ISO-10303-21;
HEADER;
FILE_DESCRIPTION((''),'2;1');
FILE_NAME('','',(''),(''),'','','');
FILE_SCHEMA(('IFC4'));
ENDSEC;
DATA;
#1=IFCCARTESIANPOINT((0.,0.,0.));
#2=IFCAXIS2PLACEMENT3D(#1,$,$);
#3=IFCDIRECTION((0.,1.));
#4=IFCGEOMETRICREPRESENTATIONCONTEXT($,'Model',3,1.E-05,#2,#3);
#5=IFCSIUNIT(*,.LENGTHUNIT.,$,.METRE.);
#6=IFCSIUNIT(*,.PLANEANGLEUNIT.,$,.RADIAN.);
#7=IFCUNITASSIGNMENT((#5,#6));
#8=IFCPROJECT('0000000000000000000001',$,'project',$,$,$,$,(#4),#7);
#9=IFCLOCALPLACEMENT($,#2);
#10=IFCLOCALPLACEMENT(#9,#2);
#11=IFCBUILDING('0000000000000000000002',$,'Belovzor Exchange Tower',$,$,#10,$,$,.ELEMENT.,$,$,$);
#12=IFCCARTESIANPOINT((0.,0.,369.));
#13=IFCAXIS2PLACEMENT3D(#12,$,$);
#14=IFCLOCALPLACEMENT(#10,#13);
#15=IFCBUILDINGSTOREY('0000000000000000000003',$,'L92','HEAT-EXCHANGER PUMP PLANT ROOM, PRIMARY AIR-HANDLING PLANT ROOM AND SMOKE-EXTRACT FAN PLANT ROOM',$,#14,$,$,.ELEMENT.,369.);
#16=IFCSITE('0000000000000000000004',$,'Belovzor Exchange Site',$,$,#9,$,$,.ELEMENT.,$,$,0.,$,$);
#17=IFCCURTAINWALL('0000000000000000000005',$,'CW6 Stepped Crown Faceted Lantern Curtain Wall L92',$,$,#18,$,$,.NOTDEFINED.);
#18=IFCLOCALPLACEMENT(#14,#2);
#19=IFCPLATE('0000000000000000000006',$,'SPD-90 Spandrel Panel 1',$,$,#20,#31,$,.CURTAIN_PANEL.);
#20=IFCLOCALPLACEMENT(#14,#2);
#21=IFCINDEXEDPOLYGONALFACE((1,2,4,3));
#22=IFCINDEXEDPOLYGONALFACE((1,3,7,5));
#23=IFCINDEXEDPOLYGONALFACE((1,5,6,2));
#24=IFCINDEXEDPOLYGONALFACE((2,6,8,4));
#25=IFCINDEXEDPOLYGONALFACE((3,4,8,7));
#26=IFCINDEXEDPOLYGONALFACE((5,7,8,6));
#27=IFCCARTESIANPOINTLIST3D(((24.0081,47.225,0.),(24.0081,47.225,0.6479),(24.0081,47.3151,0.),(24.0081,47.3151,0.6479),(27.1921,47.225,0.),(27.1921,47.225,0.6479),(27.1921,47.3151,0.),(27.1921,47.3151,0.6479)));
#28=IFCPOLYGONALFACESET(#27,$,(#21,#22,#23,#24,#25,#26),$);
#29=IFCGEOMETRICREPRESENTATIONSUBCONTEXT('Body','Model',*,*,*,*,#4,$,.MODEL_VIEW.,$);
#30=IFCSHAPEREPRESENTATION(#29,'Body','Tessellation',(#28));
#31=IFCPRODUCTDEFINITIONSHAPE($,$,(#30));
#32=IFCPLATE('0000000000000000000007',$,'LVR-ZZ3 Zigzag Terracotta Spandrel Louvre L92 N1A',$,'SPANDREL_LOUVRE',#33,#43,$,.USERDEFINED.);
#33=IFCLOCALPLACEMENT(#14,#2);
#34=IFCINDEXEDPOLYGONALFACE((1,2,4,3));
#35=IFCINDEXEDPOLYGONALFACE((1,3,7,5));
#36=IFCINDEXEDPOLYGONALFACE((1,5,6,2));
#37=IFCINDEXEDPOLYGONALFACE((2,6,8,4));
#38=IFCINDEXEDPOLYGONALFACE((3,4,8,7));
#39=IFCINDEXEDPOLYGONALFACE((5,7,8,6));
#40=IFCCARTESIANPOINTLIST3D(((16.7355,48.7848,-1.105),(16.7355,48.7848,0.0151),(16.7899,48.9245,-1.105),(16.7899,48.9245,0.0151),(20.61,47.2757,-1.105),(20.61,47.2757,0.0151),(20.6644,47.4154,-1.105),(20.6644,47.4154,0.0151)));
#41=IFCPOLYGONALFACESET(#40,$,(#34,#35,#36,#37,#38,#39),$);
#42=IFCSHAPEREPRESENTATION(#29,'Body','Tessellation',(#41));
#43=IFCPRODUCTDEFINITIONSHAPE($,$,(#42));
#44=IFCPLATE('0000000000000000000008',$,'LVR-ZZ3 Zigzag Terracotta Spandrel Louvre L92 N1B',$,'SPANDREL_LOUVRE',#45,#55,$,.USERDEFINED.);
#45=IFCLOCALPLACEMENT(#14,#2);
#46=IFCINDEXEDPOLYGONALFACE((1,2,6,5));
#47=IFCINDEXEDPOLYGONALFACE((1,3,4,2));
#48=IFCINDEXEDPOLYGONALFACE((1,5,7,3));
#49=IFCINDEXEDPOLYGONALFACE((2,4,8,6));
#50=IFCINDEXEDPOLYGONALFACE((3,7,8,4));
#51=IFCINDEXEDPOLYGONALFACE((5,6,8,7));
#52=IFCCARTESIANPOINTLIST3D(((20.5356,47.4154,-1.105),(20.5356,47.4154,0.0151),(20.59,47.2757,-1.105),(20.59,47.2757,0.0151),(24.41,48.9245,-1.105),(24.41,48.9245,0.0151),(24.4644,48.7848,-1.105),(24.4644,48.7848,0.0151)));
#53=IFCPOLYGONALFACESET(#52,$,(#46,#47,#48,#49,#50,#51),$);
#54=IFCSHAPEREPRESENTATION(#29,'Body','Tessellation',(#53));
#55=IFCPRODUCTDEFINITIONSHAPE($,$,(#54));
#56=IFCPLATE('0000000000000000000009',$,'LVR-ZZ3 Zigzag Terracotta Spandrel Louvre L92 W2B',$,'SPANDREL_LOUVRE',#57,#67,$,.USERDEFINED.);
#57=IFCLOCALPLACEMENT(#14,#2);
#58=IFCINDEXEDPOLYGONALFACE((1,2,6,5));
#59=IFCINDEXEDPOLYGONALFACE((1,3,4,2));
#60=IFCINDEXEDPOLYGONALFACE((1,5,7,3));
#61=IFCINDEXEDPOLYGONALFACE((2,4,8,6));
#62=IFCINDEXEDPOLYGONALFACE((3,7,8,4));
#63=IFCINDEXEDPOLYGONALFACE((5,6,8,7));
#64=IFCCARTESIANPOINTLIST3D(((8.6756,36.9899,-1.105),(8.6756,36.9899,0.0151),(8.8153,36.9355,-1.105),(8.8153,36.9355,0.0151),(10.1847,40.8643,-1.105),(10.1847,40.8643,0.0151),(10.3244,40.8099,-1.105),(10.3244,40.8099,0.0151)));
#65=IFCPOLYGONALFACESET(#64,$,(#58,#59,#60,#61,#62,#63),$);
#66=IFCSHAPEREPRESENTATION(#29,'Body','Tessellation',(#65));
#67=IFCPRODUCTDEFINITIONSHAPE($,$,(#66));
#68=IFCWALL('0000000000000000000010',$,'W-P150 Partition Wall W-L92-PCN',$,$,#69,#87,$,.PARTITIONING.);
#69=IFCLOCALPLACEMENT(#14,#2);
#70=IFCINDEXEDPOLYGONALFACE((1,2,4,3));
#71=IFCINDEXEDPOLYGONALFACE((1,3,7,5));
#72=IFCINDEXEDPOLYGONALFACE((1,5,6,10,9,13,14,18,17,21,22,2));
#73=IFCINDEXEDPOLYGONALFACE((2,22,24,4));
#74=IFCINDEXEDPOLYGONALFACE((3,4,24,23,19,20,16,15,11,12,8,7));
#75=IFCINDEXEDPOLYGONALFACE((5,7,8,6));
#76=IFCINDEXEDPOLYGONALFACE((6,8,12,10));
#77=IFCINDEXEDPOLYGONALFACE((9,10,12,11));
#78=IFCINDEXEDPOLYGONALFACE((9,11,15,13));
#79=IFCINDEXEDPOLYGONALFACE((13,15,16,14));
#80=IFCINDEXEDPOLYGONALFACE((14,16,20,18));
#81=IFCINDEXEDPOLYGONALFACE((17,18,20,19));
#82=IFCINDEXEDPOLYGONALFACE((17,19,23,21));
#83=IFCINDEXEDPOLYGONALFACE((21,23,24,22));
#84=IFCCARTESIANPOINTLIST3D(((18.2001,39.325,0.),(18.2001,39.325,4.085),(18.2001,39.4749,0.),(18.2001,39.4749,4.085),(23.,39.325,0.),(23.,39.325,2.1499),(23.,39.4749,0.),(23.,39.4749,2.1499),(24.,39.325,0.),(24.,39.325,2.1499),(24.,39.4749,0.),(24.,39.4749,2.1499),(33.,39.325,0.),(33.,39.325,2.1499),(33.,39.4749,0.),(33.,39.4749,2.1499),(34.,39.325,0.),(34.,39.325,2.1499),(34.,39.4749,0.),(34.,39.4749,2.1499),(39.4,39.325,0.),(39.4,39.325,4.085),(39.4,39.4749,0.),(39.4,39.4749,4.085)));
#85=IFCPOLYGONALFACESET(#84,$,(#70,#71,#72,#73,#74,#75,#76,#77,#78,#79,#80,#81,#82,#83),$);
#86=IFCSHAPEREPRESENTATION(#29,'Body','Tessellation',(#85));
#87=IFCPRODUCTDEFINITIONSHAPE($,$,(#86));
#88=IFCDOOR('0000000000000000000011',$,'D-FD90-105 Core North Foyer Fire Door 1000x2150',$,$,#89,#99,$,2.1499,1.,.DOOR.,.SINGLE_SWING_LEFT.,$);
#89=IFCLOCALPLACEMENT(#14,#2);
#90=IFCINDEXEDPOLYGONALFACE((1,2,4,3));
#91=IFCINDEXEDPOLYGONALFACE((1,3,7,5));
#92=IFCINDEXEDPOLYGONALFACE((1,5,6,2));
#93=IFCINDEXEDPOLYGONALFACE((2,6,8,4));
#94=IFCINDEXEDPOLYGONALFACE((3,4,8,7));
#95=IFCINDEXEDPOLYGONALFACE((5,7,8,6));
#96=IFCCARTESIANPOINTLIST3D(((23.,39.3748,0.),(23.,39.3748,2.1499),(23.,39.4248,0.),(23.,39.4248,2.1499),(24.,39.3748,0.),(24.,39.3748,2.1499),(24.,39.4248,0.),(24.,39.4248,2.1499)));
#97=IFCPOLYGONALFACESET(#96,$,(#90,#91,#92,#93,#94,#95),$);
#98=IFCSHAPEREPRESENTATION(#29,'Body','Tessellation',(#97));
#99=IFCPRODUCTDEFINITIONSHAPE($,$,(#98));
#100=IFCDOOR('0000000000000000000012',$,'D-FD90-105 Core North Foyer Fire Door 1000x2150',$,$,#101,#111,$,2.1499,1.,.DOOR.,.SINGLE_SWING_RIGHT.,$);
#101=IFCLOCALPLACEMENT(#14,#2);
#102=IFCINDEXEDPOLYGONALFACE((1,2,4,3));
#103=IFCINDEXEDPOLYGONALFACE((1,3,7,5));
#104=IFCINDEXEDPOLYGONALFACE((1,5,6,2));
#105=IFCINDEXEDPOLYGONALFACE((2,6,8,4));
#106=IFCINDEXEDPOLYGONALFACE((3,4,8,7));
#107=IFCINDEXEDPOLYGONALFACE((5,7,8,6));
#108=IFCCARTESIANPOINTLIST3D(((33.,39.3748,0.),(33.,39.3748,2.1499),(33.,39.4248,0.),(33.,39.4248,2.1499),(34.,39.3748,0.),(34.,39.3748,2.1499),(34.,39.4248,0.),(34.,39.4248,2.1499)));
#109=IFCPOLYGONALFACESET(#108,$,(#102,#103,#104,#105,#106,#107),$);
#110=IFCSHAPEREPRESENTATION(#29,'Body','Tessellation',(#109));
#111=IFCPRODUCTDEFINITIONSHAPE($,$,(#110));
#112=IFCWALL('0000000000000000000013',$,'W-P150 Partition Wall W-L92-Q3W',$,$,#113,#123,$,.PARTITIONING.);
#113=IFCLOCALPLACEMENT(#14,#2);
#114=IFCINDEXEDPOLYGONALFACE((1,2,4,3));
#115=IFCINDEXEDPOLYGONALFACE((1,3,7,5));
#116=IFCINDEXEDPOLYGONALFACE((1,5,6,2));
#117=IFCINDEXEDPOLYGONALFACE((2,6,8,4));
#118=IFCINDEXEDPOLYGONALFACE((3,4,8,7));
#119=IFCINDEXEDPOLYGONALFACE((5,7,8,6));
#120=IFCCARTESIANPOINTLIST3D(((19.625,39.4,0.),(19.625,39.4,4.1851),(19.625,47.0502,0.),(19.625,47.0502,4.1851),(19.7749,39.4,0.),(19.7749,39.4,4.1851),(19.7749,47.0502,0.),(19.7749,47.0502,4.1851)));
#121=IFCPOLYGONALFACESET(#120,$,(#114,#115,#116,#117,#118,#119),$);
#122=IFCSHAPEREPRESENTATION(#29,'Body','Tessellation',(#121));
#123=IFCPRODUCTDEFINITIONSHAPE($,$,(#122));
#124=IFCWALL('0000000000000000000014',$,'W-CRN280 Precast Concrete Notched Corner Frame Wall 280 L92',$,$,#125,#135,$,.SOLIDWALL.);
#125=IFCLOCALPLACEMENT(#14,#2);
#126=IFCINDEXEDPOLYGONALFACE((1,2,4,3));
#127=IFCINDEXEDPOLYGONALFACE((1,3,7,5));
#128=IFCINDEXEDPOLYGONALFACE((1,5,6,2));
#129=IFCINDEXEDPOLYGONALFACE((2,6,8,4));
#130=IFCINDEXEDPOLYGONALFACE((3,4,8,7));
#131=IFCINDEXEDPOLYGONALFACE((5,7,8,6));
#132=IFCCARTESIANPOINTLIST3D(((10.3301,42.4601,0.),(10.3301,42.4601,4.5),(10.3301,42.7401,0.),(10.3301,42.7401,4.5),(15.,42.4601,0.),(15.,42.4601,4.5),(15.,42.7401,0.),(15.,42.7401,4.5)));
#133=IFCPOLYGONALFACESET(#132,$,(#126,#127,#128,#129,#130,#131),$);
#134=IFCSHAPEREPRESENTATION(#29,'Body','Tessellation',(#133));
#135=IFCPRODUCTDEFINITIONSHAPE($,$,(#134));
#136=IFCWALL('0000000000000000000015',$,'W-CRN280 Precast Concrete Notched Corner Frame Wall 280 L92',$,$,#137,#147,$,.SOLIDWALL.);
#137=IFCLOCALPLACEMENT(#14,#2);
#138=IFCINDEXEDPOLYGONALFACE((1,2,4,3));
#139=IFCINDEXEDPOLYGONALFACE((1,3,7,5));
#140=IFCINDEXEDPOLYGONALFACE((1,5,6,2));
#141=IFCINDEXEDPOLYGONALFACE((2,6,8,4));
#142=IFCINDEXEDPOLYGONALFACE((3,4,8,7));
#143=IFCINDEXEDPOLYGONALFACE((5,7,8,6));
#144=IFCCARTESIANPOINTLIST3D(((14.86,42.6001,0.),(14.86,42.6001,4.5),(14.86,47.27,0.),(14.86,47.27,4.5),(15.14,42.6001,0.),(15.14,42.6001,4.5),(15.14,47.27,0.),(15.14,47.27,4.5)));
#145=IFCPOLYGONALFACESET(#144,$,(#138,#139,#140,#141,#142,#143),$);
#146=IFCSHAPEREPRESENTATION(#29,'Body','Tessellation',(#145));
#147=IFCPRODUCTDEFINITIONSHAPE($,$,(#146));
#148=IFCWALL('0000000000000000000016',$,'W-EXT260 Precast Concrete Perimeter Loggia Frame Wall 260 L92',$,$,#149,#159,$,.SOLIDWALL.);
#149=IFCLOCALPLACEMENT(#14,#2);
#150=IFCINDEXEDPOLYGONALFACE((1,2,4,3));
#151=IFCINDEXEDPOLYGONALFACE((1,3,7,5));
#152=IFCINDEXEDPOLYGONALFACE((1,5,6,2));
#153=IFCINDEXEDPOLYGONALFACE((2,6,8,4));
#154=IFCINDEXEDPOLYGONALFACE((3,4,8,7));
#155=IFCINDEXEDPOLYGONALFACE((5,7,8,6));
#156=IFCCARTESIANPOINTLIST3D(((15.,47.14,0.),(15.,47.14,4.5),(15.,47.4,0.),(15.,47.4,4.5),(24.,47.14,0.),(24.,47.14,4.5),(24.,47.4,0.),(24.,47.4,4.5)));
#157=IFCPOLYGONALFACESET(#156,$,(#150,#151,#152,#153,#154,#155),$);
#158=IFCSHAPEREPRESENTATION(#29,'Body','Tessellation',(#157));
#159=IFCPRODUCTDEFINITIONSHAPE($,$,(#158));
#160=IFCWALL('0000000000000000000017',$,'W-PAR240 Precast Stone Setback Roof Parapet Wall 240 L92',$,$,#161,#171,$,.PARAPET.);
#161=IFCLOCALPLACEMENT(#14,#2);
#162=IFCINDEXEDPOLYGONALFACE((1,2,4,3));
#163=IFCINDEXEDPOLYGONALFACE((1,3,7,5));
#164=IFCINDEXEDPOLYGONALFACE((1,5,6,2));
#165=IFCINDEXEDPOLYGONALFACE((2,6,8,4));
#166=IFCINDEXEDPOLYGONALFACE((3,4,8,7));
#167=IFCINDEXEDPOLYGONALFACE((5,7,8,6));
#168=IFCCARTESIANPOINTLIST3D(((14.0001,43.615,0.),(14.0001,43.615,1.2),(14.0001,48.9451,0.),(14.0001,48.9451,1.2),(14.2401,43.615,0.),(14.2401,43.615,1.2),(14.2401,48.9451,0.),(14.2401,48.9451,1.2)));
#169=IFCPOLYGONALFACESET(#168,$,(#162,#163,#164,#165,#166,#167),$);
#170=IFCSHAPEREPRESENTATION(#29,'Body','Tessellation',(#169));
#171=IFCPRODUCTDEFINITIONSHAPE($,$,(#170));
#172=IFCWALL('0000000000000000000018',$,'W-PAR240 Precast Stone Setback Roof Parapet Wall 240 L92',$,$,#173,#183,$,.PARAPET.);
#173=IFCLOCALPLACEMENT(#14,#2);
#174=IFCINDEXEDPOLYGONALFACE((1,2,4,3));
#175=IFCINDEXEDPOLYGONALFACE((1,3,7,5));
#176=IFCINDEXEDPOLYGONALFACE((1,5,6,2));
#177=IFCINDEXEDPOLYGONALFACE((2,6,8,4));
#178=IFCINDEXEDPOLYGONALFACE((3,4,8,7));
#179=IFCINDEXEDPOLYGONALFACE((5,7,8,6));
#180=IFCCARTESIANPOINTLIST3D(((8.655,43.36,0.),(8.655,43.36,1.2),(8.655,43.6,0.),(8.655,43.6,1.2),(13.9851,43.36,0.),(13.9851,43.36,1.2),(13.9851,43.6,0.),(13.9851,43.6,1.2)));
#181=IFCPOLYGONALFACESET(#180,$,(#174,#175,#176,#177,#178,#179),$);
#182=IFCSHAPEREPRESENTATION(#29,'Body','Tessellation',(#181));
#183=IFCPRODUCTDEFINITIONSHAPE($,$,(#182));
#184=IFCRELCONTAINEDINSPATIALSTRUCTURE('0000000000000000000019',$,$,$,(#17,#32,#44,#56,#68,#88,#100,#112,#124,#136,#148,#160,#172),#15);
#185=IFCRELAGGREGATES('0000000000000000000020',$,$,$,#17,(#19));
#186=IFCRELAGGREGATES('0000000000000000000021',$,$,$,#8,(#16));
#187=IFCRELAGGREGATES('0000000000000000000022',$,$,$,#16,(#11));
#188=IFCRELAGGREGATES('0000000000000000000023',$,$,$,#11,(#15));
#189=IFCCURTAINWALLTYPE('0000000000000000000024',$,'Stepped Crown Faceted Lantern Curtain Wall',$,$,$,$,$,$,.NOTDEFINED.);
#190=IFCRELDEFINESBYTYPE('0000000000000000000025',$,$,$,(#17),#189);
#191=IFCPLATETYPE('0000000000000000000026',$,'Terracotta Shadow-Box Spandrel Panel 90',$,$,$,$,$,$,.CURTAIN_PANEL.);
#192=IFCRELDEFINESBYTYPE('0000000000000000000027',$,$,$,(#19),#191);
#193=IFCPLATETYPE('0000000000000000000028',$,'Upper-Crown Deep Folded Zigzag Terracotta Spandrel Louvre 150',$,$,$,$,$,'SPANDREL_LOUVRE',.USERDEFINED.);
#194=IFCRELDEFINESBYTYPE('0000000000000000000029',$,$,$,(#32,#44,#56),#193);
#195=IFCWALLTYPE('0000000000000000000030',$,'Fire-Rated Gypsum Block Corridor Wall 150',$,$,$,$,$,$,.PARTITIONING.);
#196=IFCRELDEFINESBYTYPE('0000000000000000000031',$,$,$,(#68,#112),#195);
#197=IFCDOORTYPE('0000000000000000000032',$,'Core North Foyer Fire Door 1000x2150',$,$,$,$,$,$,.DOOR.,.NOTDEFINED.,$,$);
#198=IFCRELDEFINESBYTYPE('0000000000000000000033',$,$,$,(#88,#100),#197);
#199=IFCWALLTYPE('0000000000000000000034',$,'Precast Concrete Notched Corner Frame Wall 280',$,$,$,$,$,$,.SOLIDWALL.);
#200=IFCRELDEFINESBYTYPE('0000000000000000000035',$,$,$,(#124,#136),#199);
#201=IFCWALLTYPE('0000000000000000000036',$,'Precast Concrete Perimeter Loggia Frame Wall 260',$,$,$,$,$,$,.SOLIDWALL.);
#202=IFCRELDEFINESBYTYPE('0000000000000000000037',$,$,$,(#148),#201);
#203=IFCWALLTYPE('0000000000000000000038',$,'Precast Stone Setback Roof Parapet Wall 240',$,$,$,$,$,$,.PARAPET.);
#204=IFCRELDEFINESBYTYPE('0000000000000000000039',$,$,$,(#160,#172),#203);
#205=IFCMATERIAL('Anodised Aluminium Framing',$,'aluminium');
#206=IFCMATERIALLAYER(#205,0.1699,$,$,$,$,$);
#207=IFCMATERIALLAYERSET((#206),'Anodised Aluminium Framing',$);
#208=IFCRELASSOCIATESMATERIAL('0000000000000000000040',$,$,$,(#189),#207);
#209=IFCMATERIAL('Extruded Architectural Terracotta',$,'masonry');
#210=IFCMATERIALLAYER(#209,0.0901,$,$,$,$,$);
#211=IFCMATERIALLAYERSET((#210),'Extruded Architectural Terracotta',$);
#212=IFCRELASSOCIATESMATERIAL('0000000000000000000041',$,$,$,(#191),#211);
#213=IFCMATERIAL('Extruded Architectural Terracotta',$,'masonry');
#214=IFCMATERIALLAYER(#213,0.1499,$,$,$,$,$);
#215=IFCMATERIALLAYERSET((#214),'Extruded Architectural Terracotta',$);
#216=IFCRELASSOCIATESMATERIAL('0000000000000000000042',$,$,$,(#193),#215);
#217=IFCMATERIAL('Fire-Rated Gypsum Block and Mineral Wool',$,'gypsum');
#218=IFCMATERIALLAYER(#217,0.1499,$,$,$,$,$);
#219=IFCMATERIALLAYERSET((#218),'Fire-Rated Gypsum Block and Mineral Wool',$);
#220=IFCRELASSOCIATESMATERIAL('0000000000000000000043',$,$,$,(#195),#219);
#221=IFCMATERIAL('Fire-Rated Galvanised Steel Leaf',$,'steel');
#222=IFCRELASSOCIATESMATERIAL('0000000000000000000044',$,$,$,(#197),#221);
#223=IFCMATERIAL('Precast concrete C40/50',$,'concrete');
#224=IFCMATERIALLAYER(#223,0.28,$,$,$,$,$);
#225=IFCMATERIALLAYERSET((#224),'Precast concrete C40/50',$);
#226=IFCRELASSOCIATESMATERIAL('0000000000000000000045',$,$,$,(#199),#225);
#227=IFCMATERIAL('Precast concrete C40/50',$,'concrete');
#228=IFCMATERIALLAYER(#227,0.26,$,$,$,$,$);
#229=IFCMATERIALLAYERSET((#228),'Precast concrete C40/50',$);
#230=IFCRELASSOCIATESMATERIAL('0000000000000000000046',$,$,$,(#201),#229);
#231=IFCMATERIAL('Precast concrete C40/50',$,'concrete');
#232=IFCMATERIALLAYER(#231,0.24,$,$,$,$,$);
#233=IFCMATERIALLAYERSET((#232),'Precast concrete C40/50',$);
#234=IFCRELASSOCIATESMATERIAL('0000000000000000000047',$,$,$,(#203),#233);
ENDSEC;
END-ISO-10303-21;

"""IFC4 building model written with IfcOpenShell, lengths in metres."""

from ifc_helpers import new_model, si_unit, direction, frame, frame_2d, origin, origin_2d, place, context, subcontext, project, spatial, rectangle, extrude, material, layer, layer_set, type_object, element, fill, aggregate, save


model = new_model("IFC4")

# Units and contexts
model_context = context("Model", 3, precision=1e-05, world=origin(), true_north=direction((0.0, 1.0)))
body_context = subcontext(model_context, "Body", "Model", "MODEL_VIEW")
ifc_project = project(units=[si_unit("LENGTHUNIT", "METRE"), si_unit("PLANEANGLEUNIT", "RADIAN")], contexts=[model_context])

# Site, building, storey
site_placement = place(None, origin())
site = spatial("IfcSite", under=ifc_project, at=site_placement, Name="Belovzor Exchange Site", CompositionType="ELEMENT", RefElevation=0.0)
building_placement = place(site_placement, origin())
building = spatial("IfcBuilding", under=site, at=building_placement, Name="Belovzor Exchange Tower", CompositionType="ELEMENT")
storey_placement = place(building_placement, frame((0.0, 0.0, 369.0)))
storey = spatial("IfcBuildingStorey", under=building, at=storey_placement, Name="L92", Description="HEAT-EXCHANGER PUMP PLANT ROOM, PRIMARY AIR-HANDLING PLANT ROOM AND SMOKE-EXTRACT FAN PLANT ROOM", CompositionType="ELEMENT", Elevation=369.0)

# Curtain wall
ifc_material_1 = material(Name="Anodised Aluminium Framing", Category="aluminium")
ifc_layer_1 = layer(ifc_material_1, 0.1699)
ifc_layer_set_1 = layer_set([ifc_layer_1], Name="Anodised Aluminium Framing")
curtain_wall_type = type_object("IfcCurtainWallType", Name="Stepped Crown Faceted Lantern Curtain Wall", PredefinedType="NOTDEFINED", material=ifc_layer_set_1)
curtain_wall_placement = place(storey_placement, origin())
curtain_wall = element("IfcCurtainWall", 1, at=curtain_wall_placement, inside=storey, type_object=curtain_wall_type, Name="CW6 Stepped Crown Faceted Lantern Curtain Wall L92", PredefinedType="NOTDEFINED")

# Plate
ifc_material_2 = material(Name="Extruded Architectural Terracotta", Category="masonry")
ifc_layer_2 = layer(ifc_material_2, 0.0901)
ifc_layer_set_2 = layer_set([ifc_layer_2], Name="Extruded Architectural Terracotta")
plate_type_1 = type_object("IfcPlateType", Name="Terracotta Shadow-Box Spandrel Panel 90", PredefinedType="CURTAIN_PANEL", material=ifc_layer_set_2)
plate_1_placement = place(storey_placement, frame((25.6001, 47.27, 0.0), z_axis=(0.0, 0.0, 1.0), x_axis=(1.0, 0.0, 0.0)))
plate_1 = element("IfcPlate", 2, at=plate_1_placement, type_object=plate_type_1, Name="SPD-90 Spandrel Panel 1", PredefinedType="CURTAIN_PANEL", context=body_context, shape_type="SweptSolid", body=[
    extrude(rectangle(XDim=3.1841, YDim=0.0901, at=origin_2d()), origin(), (0.0, 0.0, 1.0), 0.6479),
])
aggregate(curtain_wall, [plate_1])

# Plates
ifc_material_3 = material(Name="Extruded Architectural Terracotta", Category="masonry")
ifc_layer_3 = layer(ifc_material_3, 0.1499)
ifc_layer_set_3 = layer_set([ifc_layer_3], Name="Extruded Architectural Terracotta")
plate_type_2 = type_object("IfcPlateType", Name="Upper-Crown Deep Folded Zigzag Terracotta Spandrel Louvre 150", ElementType="SPANDREL_LOUVRE", PredefinedType="USERDEFINED", material=ifc_layer_set_3)
for number, where, z_axis, x_axis, name in (
    (3, (18.7, 48.1001, -1.105), (0.0, 0.0, 1.0), (0.931818, -0.362926, 0.0), "LVR-ZZ3 Zigzag Terracotta Spandrel Louvre L92 N1A"),
    (4, (22.5, 48.1001, -1.105), (0.0, 0.0, 1.0), (0.931818, 0.362926, 0.0), "LVR-ZZ3 Zigzag Terracotta Spandrel Louvre L92 N1B"),
    (5, (9.5, 38.8999, -1.105), (0.0, 0.0, 1.0), (0.362926, 0.931818, 0.0), "LVR-ZZ3 Zigzag Terracotta Spandrel Louvre L92 W2B"),
):
    element("IfcPlate", number, at=place(storey_placement, frame(where, z_axis=z_axis, x_axis=x_axis)), inside=storey, type_object=plate_type_2, Name=name, ObjectType="SPANDREL_LOUVRE", PredefinedType="USERDEFINED", context=body_context, shape_type="SweptSolid", body=[
        extrude(rectangle(XDim=4.158, YDim=0.1499, at=origin_2d()), origin(), (0.0, 0.0, 1.0), 1.1201),
    ])

# Wall, openings, doors
ifc_material_4 = material(Name="Fire-Rated Gypsum Block and Mineral Wool", Category="gypsum")
ifc_layer_4 = layer(ifc_material_4, 0.1499)
ifc_layer_set_4 = layer_set([ifc_layer_4], Name="Fire-Rated Gypsum Block and Mineral Wool")
wall_type_1 = type_object("IfcWallType", Name="Fire-Rated Gypsum Block Corridor Wall 150", PredefinedType="PARTITIONING", material=ifc_layer_set_4)
wall_1_placement = place(storey_placement, frame((18.2, 39.3999, 0.0), z_axis=(0.0, 0.0, 1.0), x_axis=(1.0, 0.0, 0.0)))
wall_1 = element("IfcWall", 6, at=wall_1_placement, inside=storey, type_object=wall_type_1, Name="W-P150 Partition Wall W-L92-PCN", PredefinedType="PARTITIONING", context=body_context, shape_type="SweptSolid", body=[
    extrude(rectangle(XDim=21.2, YDim=0.1499, at=frame_2d((10.6001, 0.0))), origin(), (0.0, 0.0, 1.0), 4.085),
])
opening_1_placement = place(wall_1_placement, frame((4.8, 0.0, 0.0)))
opening_1 = element("IfcOpeningElement", 7, at=opening_1_placement, cuts=wall_1, PredefinedType="OPENING", context=body_context, shape_type="SweptSolid", body=[
    extrude(rectangle(XDim=1.0, YDim=2.1499, at=frame_2d((0.5, 1.075))), frame((0.0, 0.085, 0.0), z_axis=(0.0, -1.0, 0.0), x_axis=(1.0, 0.0, 0.0)), (0.0, 0.0, 1.0), 0.1699),
])
opening_2_placement = place(wall_1_placement, frame((14.8, 0.0, 0.0)))
opening_2 = element("IfcOpeningElement", 8, at=opening_2_placement, cuts=wall_1, PredefinedType="OPENING", context=body_context, shape_type="SweptSolid", body=[
    extrude(rectangle(XDim=1.0, YDim=2.1499, at=frame_2d((0.5, 1.075))), frame((0.0, 0.085, 0.0), z_axis=(0.0, -1.0, 0.0), x_axis=(1.0, 0.0, 0.0)), (0.0, 0.0, 1.0), 0.1699),
])
ifc_material_5 = material(Name="Fire-Rated Galvanised Steel Leaf", Category="steel")
door_type = type_object("IfcDoorType", Name="Core North Foyer Fire Door 1000x2150", OperationType="NOTDEFINED", PredefinedType="DOOR", material=ifc_material_5)
door_1_placement = place(opening_1_placement, origin())
door_1 = element("IfcDoor", 9, at=door_1_placement, inside=storey, type_object=door_type, Name="D-FD90-105 Core North Foyer Fire Door 1000x2150", OperationType="SINGLE_SWING_LEFT", OverallHeight=2.1499, OverallWidth=1.0, PredefinedType="DOOR", context=body_context, shape_type="SweptSolid", body=[
    extrude(rectangle(XDim=1.0, YDim=2.1499, at=frame_2d((0.5, 1.075))), frame((0.0, 0.0249, 0.0), z_axis=(0.0, -1.0, 0.0), x_axis=(1.0, 0.0, 0.0)), (0.0, 0.0, 1.0), 0.05),
])
fill(opening_1, door_1)
door_2_placement = place(opening_2_placement, origin())
door_2 = element("IfcDoor", 10, at=door_2_placement, inside=storey, type_object=door_type, Name="D-FD90-105 Core North Foyer Fire Door 1000x2150", OperationType="SINGLE_SWING_RIGHT", OverallHeight=2.1499, OverallWidth=1.0, PredefinedType="DOOR", context=body_context, shape_type="SweptSolid", body=[
    extrude(rectangle(XDim=1.0, YDim=2.1499, at=frame_2d((0.5, 1.075))), frame((0.0, 0.0249, 0.0), z_axis=(0.0, -1.0, 0.0), x_axis=(1.0, 0.0, 0.0)), (0.0, 0.0, 1.0), 0.05),
])
fill(opening_2, door_2)

# Walls
wall_2_placement = place(storey_placement, frame((19.7, 39.3999, 0.0), z_axis=(0.0, 0.0, 1.0), x_axis=(0.0, 1.0, 0.0)))
element("IfcWall", 11, at=wall_2_placement, inside=storey, type_object=wall_type_1, Name="W-P150 Partition Wall W-L92-Q3W", PredefinedType="PARTITIONING", context=body_context, shape_type="SweptSolid", body=[
    extrude(rectangle(XDim=7.6501, YDim=0.1499, at=frame_2d((3.8252, 0.0))), origin(), (0.0, 0.0, 1.0), 4.1851),
])
ifc_material_6 = material(Name="Precast concrete C40/50", Category="concrete")
ifc_layer_5 = layer(ifc_material_6, 0.28)
ifc_layer_set_5 = layer_set([ifc_layer_5], Name="Precast concrete C40/50")
wall_type_2 = type_object("IfcWallType", Name="Precast Concrete Notched Corner Frame Wall 280", PredefinedType="SOLIDWALL", material=ifc_layer_set_5)
for number, where, z_axis, x_axis, name in (
    (12, (10.3301, 42.6001, 0.0), (0.0, 0.0, 1.0), (1.0, 0.0, 0.0), "W-CRN280 Precast Concrete Notched Corner Frame Wall 280 L92"),
    (13, (15.0, 42.6001, 0.0), (0.0, 0.0, 1.0), (0.0, 1.0, 0.0), "W-CRN280 Precast Concrete Notched Corner Frame Wall 280 L92"),
):
    element("IfcWall", number, at=place(storey_placement, frame(where, z_axis=z_axis, x_axis=x_axis)), inside=storey, type_object=wall_type_2, Name=name, PredefinedType="SOLIDWALL", context=body_context, shape_type="SweptSolid", body=[
        extrude(rectangle(XDim=4.6699, YDim=0.28, at=frame_2d((2.335, 0.0))), origin(), (0.0, 0.0, 1.0), 4.5),
    ])
ifc_material_7 = material(Name="Precast concrete C40/50", Category="concrete")
ifc_layer_6 = layer(ifc_material_7, 0.26)
ifc_layer_set_6 = layer_set([ifc_layer_6], Name="Precast concrete C40/50")
wall_type_3 = type_object("IfcWallType", Name="Precast Concrete Perimeter Loggia Frame Wall 260", PredefinedType="SOLIDWALL", material=ifc_layer_set_6)
wall_3_placement = place(storey_placement, frame((15.0, 47.27, 0.0), z_axis=(0.0, 0.0, 1.0), x_axis=(1.0, 0.0, 0.0)))
element("IfcWall", 14, at=wall_3_placement, inside=storey, type_object=wall_type_3, Name="W-EXT260 Precast Concrete Perimeter Loggia Frame Wall 260 L92", PredefinedType="SOLIDWALL", context=body_context, shape_type="SweptSolid", body=[
    extrude(rectangle(XDim=9.0, YDim=0.26, at=frame_2d((4.5, 0.0))), origin(), (0.0, 0.0, 1.0), 4.5),
])
ifc_material_8 = material(Name="Precast concrete C40/50", Category="concrete")
ifc_layer_7 = layer(ifc_material_8, 0.24)
ifc_layer_set_7 = layer_set([ifc_layer_7], Name="Precast concrete C40/50")
wall_type_4 = type_object("IfcWallType", Name="Precast Stone Setback Roof Parapet Wall 240", PredefinedType="PARAPET", material=ifc_layer_set_7)
for number, where, z_axis, x_axis, name in (
    (15, (14.1201, 48.9451, 0.0), (0.0, 0.0, 1.0), (0.0, -1.0, 0.0), "W-PAR240 Precast Stone Setback Roof Parapet Wall 240 L92"),
    (16, (13.9851, 43.48, 0.0), (0.0, 0.0, 1.0), (-1.0, 0.0, 0.0), "W-PAR240 Precast Stone Setback Roof Parapet Wall 240 L92"),
):
    element("IfcWall", number, at=place(storey_placement, frame(where, z_axis=z_axis, x_axis=x_axis)), inside=storey, type_object=wall_type_4, Name=name, PredefinedType="PARAPET", context=body_context, shape_type="SweptSolid", body=[
        extrude(rectangle(XDim=5.3301, YDim=0.24, at=frame_2d((2.665, 0.0))), origin(), (0.0, 0.0, 1.0), 1.2),
    ])

save(model, "model.ifc")
